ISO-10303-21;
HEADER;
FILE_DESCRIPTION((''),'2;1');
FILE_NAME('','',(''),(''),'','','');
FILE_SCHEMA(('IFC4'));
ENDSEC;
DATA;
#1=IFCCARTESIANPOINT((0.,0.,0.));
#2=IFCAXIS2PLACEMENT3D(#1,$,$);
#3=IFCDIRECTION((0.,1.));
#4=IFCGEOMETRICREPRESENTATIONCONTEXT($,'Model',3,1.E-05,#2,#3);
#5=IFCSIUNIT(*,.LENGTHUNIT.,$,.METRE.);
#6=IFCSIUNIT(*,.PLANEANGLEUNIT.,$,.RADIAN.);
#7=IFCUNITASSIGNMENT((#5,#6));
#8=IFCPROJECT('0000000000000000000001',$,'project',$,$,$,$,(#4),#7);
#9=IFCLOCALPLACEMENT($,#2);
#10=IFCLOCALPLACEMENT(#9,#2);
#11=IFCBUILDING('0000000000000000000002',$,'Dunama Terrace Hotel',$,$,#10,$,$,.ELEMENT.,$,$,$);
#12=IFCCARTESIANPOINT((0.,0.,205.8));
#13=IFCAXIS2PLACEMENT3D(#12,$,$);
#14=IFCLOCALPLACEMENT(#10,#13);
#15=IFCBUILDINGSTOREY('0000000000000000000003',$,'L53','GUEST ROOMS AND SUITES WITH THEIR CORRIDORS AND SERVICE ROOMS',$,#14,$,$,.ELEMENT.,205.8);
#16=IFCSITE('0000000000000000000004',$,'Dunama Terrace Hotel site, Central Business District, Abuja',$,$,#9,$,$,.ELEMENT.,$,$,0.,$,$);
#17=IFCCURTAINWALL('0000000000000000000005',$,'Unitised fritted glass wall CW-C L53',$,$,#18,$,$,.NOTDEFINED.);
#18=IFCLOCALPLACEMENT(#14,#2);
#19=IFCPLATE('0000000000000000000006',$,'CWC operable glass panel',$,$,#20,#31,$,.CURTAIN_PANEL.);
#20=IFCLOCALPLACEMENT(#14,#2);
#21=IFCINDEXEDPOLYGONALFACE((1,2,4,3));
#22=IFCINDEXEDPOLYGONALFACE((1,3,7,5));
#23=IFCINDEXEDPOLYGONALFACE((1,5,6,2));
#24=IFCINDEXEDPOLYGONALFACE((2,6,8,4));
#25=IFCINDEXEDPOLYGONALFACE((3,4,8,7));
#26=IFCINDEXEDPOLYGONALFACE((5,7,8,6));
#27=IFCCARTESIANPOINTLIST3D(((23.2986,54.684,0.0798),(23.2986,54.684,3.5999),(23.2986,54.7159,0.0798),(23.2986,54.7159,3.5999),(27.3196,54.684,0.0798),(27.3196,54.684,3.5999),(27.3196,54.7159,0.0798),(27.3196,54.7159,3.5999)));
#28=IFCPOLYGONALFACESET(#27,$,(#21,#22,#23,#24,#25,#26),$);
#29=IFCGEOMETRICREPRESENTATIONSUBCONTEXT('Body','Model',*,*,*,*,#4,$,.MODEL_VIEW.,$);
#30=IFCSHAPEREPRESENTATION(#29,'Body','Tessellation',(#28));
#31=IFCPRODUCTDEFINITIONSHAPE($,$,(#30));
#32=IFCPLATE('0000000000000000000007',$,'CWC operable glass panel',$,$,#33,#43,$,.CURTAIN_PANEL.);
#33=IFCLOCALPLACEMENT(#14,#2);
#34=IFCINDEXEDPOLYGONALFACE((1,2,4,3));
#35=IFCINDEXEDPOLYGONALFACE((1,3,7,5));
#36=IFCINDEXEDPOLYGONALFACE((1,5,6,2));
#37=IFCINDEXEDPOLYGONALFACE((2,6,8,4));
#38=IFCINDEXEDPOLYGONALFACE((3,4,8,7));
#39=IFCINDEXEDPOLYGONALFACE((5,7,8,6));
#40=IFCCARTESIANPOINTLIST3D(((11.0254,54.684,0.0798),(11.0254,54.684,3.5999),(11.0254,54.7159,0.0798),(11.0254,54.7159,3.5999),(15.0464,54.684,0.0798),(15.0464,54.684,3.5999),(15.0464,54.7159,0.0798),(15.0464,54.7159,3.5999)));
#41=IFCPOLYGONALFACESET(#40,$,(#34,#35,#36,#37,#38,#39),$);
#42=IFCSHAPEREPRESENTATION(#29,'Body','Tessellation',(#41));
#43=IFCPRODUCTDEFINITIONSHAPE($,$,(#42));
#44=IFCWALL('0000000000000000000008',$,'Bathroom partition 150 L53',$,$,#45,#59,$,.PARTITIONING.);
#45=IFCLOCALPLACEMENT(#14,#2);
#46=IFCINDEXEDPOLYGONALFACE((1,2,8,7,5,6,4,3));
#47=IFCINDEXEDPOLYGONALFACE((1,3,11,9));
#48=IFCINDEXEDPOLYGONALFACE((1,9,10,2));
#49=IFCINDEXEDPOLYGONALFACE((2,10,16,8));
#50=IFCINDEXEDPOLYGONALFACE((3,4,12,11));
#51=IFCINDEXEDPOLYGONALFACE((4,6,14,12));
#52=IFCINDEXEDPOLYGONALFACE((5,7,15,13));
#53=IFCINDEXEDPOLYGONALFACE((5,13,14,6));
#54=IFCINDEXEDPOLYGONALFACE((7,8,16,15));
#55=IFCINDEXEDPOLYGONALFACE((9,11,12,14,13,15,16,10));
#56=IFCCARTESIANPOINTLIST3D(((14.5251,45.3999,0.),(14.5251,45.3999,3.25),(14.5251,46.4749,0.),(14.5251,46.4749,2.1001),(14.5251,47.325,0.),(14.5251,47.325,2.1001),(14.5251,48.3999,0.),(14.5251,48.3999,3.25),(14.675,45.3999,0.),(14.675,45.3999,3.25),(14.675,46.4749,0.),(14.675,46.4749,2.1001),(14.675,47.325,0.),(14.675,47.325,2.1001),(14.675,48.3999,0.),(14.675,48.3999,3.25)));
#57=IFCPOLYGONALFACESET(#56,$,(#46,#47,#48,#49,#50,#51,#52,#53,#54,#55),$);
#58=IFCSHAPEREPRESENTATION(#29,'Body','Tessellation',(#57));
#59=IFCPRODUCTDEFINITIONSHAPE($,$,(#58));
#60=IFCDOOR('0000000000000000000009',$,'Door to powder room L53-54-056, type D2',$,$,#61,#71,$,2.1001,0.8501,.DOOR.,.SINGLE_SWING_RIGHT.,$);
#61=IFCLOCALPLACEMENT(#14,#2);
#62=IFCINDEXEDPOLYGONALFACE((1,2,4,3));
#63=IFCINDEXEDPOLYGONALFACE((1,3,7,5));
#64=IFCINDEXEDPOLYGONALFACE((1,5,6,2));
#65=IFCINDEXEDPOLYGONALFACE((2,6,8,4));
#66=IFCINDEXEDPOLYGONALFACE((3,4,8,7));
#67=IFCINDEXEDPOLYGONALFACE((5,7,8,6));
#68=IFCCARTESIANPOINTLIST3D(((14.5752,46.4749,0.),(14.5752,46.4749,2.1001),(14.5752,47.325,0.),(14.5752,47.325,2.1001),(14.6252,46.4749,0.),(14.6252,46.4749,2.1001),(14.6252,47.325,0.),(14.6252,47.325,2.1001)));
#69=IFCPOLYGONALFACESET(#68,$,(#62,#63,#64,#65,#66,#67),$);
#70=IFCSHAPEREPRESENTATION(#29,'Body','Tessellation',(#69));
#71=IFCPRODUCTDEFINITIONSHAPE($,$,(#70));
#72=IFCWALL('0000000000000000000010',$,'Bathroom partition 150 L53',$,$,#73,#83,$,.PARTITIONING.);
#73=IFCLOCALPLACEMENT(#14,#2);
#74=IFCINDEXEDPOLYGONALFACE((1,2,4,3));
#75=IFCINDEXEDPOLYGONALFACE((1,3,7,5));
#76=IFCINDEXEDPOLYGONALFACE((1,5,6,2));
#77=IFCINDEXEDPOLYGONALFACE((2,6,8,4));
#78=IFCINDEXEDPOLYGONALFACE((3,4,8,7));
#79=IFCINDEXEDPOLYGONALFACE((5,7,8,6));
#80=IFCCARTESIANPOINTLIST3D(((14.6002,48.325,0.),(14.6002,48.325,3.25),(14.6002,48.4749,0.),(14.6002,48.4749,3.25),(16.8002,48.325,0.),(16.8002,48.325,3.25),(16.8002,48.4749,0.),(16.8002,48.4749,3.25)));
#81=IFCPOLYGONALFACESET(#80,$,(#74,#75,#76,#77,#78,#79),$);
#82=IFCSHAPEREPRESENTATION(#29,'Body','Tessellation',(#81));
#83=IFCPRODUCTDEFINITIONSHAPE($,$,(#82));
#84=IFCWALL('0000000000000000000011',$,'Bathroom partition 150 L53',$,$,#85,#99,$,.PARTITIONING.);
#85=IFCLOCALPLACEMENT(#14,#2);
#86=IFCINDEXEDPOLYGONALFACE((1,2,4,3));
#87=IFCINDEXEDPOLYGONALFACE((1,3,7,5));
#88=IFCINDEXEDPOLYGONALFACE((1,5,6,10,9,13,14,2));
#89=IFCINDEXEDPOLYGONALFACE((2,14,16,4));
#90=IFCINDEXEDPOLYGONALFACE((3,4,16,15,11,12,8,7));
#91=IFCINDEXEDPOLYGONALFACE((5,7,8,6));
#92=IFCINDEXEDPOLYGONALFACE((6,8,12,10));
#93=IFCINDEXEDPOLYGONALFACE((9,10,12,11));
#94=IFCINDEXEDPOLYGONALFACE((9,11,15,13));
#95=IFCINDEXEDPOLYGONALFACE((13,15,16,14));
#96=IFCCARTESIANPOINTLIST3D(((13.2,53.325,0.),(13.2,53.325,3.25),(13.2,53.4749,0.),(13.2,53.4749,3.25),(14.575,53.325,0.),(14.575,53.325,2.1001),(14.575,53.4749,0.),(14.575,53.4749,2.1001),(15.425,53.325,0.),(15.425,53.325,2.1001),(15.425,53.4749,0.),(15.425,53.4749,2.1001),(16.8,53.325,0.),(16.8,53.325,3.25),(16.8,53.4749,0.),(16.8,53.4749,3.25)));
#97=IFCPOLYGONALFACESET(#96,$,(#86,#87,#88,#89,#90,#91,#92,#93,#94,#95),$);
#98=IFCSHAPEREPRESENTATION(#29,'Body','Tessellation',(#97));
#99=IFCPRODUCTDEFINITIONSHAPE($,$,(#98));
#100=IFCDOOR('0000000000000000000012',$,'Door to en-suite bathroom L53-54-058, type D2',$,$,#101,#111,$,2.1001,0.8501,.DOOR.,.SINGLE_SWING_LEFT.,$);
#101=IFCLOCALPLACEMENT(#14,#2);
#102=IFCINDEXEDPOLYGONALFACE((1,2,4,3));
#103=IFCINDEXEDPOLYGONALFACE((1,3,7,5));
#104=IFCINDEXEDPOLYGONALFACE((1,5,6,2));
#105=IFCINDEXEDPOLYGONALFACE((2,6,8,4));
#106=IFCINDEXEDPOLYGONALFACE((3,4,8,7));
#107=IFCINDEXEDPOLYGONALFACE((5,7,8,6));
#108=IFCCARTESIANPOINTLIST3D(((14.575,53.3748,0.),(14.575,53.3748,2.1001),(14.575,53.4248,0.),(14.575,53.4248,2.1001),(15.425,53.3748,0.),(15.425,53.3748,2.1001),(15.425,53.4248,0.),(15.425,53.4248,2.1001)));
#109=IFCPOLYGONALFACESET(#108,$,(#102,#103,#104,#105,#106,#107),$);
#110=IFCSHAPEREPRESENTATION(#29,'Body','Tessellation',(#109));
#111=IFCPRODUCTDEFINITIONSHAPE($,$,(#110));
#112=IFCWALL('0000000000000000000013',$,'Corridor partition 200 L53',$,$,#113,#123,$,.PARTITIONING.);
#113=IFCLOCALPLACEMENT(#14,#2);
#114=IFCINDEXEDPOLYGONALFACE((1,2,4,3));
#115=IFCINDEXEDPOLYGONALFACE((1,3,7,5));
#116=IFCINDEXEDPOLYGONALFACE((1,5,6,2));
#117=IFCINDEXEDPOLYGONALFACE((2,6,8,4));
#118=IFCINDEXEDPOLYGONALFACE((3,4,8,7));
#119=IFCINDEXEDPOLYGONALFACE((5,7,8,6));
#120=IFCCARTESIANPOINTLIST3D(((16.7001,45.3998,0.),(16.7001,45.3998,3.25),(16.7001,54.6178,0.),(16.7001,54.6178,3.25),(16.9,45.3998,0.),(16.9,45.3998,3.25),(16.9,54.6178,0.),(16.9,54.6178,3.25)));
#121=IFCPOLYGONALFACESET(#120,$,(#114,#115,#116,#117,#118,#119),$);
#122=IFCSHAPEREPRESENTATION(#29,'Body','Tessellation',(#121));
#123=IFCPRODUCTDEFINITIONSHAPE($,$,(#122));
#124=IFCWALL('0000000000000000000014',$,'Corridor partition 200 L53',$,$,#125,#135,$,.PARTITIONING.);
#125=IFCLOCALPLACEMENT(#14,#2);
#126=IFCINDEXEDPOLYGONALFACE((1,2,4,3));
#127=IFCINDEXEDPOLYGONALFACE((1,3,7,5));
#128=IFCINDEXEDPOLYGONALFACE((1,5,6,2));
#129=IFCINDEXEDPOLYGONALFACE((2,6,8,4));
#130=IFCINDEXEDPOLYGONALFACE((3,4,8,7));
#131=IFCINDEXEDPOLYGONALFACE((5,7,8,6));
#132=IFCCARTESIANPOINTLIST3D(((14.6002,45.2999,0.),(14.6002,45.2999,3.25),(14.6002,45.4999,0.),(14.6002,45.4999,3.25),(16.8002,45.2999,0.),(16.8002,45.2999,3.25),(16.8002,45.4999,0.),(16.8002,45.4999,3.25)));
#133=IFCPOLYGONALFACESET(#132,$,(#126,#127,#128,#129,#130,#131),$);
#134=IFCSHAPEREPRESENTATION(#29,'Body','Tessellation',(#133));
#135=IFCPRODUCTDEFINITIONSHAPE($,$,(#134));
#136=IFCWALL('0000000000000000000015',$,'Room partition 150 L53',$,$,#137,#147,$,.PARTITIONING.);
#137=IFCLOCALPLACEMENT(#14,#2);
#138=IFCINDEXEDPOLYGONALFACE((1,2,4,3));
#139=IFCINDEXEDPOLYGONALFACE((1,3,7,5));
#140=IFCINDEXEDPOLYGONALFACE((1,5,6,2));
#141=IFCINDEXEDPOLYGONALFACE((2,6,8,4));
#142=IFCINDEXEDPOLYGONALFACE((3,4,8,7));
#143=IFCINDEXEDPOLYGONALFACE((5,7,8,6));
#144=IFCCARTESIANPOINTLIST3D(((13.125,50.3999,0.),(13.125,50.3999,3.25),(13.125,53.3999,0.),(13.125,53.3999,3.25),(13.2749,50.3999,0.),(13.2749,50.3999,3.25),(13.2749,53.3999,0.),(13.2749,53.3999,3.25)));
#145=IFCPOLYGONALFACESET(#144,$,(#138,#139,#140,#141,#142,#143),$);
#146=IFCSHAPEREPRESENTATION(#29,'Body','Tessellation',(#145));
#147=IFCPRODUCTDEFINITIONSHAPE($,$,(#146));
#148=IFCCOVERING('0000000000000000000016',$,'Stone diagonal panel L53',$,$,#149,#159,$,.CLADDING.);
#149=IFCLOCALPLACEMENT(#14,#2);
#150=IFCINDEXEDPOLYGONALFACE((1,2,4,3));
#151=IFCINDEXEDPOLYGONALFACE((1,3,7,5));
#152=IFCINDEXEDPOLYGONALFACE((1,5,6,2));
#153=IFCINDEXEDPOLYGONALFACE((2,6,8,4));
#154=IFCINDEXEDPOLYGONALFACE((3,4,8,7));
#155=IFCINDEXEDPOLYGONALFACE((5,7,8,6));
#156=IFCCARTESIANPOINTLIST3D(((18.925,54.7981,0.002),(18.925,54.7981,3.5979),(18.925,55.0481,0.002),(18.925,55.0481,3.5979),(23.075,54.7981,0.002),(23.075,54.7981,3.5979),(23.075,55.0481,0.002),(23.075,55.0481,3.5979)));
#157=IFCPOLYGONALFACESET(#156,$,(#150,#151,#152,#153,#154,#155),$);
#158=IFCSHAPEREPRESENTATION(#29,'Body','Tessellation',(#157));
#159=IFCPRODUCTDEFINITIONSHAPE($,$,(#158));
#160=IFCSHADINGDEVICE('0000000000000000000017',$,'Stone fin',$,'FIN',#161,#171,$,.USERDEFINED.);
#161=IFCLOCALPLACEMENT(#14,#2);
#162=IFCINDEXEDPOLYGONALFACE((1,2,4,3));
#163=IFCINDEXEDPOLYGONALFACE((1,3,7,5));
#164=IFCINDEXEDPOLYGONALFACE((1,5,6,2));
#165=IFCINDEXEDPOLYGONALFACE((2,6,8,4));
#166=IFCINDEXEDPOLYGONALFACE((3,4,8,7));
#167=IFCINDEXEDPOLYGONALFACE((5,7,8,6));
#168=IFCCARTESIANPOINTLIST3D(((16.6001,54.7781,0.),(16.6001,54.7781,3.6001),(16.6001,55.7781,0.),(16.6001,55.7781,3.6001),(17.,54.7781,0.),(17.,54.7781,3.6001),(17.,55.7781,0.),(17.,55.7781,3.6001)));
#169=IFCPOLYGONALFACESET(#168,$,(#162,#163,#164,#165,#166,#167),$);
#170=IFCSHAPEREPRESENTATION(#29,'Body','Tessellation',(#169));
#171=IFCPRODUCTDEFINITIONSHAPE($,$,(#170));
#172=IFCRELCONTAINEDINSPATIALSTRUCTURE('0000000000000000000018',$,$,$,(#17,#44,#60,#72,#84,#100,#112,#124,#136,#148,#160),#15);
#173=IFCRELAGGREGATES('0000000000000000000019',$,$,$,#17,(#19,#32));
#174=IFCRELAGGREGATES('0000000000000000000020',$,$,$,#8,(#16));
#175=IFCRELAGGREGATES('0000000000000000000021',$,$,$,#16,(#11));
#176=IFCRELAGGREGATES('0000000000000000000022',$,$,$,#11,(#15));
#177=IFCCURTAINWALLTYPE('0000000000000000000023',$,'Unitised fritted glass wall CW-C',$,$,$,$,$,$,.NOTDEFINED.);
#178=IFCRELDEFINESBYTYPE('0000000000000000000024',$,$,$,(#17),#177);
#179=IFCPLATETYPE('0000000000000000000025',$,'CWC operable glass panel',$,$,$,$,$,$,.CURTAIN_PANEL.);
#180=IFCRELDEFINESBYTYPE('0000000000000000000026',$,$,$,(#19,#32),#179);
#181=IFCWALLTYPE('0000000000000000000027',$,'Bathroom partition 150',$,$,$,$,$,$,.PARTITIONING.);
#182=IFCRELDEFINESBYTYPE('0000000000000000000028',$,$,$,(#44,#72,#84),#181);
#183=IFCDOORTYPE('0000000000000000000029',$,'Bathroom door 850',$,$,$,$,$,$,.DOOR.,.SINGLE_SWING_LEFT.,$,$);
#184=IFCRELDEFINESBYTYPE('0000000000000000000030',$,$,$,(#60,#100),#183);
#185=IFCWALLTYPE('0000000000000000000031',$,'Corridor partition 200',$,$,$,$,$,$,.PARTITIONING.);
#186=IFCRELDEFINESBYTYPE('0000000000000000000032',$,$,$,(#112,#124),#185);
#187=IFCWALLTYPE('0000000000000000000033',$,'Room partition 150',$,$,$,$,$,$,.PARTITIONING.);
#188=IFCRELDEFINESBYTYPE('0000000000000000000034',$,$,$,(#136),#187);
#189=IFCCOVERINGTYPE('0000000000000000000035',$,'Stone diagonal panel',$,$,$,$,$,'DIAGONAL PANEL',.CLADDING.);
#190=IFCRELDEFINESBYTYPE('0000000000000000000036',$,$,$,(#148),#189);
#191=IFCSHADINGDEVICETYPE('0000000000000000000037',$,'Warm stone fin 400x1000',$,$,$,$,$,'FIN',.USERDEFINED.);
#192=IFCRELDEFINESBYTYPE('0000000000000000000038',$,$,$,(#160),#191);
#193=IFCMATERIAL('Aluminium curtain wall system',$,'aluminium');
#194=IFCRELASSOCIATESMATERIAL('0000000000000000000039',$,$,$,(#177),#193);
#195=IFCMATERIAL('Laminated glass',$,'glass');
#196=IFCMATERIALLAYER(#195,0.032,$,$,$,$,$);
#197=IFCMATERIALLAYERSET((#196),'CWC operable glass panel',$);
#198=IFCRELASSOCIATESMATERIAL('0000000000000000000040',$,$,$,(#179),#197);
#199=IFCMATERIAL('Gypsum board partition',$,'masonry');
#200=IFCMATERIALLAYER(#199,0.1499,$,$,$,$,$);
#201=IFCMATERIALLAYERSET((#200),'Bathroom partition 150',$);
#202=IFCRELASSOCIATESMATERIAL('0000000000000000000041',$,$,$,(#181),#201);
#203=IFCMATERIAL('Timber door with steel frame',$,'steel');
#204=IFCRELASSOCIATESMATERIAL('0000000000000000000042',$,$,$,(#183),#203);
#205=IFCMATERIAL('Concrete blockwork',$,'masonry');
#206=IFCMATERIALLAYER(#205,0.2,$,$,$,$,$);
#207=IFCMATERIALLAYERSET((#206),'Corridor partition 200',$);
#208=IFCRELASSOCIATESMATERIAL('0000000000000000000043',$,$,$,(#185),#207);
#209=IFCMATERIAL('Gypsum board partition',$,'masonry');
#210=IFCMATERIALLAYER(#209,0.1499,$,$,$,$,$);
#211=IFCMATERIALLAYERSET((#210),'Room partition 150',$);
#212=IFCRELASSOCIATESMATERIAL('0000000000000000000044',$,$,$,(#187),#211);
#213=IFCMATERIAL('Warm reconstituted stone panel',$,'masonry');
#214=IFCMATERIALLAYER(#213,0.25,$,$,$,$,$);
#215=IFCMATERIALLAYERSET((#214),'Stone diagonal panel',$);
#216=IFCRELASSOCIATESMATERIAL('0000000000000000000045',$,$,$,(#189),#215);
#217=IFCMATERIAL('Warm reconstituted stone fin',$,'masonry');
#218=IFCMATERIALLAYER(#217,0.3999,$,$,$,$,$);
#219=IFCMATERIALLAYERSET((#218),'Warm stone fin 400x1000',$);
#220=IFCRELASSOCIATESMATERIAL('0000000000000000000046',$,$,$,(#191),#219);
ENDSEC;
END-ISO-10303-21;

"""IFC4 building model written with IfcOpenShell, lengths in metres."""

from ifc_helpers import new_model, si_unit, direction, frame, frame_2d, origin, origin_2d, place, context, subcontext, project, spatial, rectangle, extrude, material, layer, layer_set, type_object, element, fill, aggregate, save


model = new_model("IFC4")

# Units and contexts
model_context = context("Model", 3, precision=1e-05, world=origin(), true_north=direction((0.0, 1.0)))
body_context = subcontext(model_context, "Body", "Model", "MODEL_VIEW")
ifc_project = project(units=[si_unit("LENGTHUNIT", "METRE"), si_unit("PLANEANGLEUNIT", "RADIAN")], contexts=[model_context])

# Site, building, storey
site_placement = place(None, origin())
site = spatial("IfcSite", under=ifc_project, at=site_placement, Name="Dunama Terrace Hotel site, Central Business District, Abuja", CompositionType="ELEMENT", RefElevation=0.0)
building_placement = place(site_placement, origin())
building = spatial("IfcBuilding", under=site, at=building_placement, Name="Dunama Terrace Hotel", CompositionType="ELEMENT")
storey_placement = place(building_placement, frame((0.0, 0.0, 205.8)))
storey = spatial("IfcBuildingStorey", under=building, at=storey_placement, Name="L53", Description="GUEST ROOMS AND SUITES WITH THEIR CORRIDORS AND SERVICE ROOMS", CompositionType="ELEMENT", Elevation=205.8)

# Curtain wall
ifc_material_1 = material(Name="Aluminium curtain wall system", Category="aluminium")
curtain_wall_type = type_object("IfcCurtainWallType", Name="Unitised fritted glass wall CW-C", PredefinedType="NOTDEFINED", material=ifc_material_1)
curtain_wall_placement = place(storey_placement, origin())
curtain_wall = element("IfcCurtainWall", 1, at=curtain_wall_placement, inside=storey, type_object=curtain_wall_type, Name="Unitised fritted glass wall CW-C L53", PredefinedType="NOTDEFINED")

# Plates
ifc_material_2 = material(Name="Laminated glass", Category="glass")
ifc_layer_1 = layer(ifc_material_2, 0.032)
ifc_layer_set_1 = layer_set([ifc_layer_1], Name="CWC operable glass panel")
plate_type_1 = type_object("IfcPlateType", Name="CWC operable glass panel", PredefinedType="CURTAIN_PANEL", material=ifc_layer_set_1)
plate_1_placement = place(storey_placement, frame((25.3091, 54.7, 0.0798), z_axis=(0.0, 0.0, 1.0), x_axis=(-1.0, 0.0, 0.0)))
plate_1 = element("IfcPlate", 2, at=plate_1_placement, type_object=plate_type_1, Name="CWC operable glass panel", PredefinedType="CURTAIN_PANEL", context=body_context, shape_type="SweptSolid", body=[
    extrude(rectangle(XDim=4.021, YDim=0.032, at=origin_2d()), origin(), (0.0, 0.0, 1.0), 3.52),
])
plate_2_placement = place(storey_placement, frame((13.0359, 54.7, 0.0798), z_axis=(0.0, 0.0, 1.0), x_axis=(-1.0, 0.0, 0.0)))
plate_2 = element("IfcPlate", 3, at=plate_2_placement, type_object=plate_type_1, Name="CWC operable glass panel", PredefinedType="CURTAIN_PANEL", context=body_context, shape_type="SweptSolid", body=[
    extrude(rectangle(XDim=4.021, YDim=0.032, at=origin_2d()), origin(), (0.0, 0.0, 1.0), 3.52),
])
aggregate(curtain_wall, [plate_1, plate_2])

# Wall, opening, door
ifc_material_3 = material(Name="Gypsum board partition", Category="masonry")
ifc_layer_2 = layer(ifc_material_3, 0.1499)
ifc_layer_set_2 = layer_set([ifc_layer_2], Name="Bathroom partition 150")
wall_type_1 = type_object("IfcWallType", Name="Bathroom partition 150", PredefinedType="PARTITIONING", material=ifc_layer_set_2)
wall_1_placement = place(storey_placement, frame((14.6001, 45.3999, 0.0), z_axis=(0.0, 0.0, 1.0), x_axis=(0.0, 1.0, 0.0)))
wall_1 = element("IfcWall", 4, at=wall_1_placement, inside=storey, type_object=wall_type_1, Name="Bathroom partition 150 L53", PredefinedType="PARTITIONING", context=body_context, shape_type="SweptSolid", body=[
    extrude(rectangle(XDim=3.0, YDim=0.1499, at=frame_2d((1.5, 0.0))), origin(), (0.0, 0.0, 1.0), 3.25),
])
opening_1_placement = place(wall_1_placement, frame((1.075, 0.0, 0.0)))
opening_1 = element("IfcOpeningElement", 5, at=opening_1_placement, cuts=wall_1, PredefinedType="OPENING", context=body_context, shape_type="SweptSolid", body=[
    extrude(rectangle(XDim=0.8501, YDim=2.1001, at=frame_2d((0.425, 1.05))), frame((0.0, 0.085, 0.0), z_axis=(0.0, -1.0, 0.0), x_axis=(1.0, 0.0, 0.0)), (0.0, 0.0, 1.0), 0.1699),
])
ifc_material_4 = material(Name="Timber door with steel frame", Category="steel")
door_type = type_object("IfcDoorType", Name="Bathroom door 850", OperationType="SINGLE_SWING_LEFT", PredefinedType="DOOR", material=ifc_material_4)
door_1_placement = place(opening_1_placement, frame((0.8501, 0.0, 0.0), z_axis=(0.0, 0.0, 1.0), x_axis=(-1.0, 0.0, 0.0)))
door_1 = element("IfcDoor", 6, at=door_1_placement, inside=storey, type_object=door_type, Name="Door to powder room L53-54-056, type D2", OperationType="SINGLE_SWING_RIGHT", OverallHeight=2.1001, OverallWidth=0.8501, PredefinedType="DOOR", context=body_context, shape_type="SweptSolid", body=[
    extrude(rectangle(XDim=0.8501, YDim=2.1001, at=frame_2d((0.425, 1.05))), frame((0.0, 0.0251, 0.0), z_axis=(0.0, -1.0, 0.0), x_axis=(1.0, 0.0, 0.0)), (0.0, 0.0, 1.0), 0.05),
])
fill(opening_1, door_1)

# Wall
wall_2_placement = place(storey_placement, frame((14.6001, 48.3999, 0.0), z_axis=(0.0, 0.0, 1.0), x_axis=(1.0, 0.0, 0.0)))
element("IfcWall", 7, at=wall_2_placement, inside=storey, type_object=wall_type_1, Name="Bathroom partition 150 L53", PredefinedType="PARTITIONING", context=body_context, shape_type="SweptSolid", body=[
    extrude(rectangle(XDim=2.2, YDim=0.1499, at=frame_2d((1.1001, 0.0))), origin(), (0.0, 0.0, 1.0), 3.25),
])

# Wall, opening, door
wall_3_placement = place(storey_placement, frame((13.2, 53.3999, 0.0), z_axis=(0.0, 0.0, 1.0), x_axis=(1.0, 0.0, 0.0)))
wall_3 = element("IfcWall", 8, at=wall_3_placement, inside=storey, type_object=wall_type_1, Name="Bathroom partition 150 L53", PredefinedType="PARTITIONING", context=body_context, shape_type="SweptSolid", body=[
    extrude(rectangle(XDim=3.6001, YDim=0.1499, at=frame_2d((1.8, 0.0))), origin(), (0.0, 0.0, 1.0), 3.25),
])
opening_2_placement = place(wall_3_placement, frame((1.375, 0.0, 0.0)))
opening_2 = element("IfcOpeningElement", 9, at=opening_2_placement, cuts=wall_3, PredefinedType="OPENING", context=body_context, shape_type="SweptSolid", body=[
    extrude(rectangle(XDim=0.8501, YDim=2.1001, at=frame_2d((0.425, 1.05))), frame((0.0, 0.085, 0.0), z_axis=(0.0, -1.0, 0.0), x_axis=(1.0, 0.0, 0.0)), (0.0, 0.0, 1.0), 0.1699),
])
door_2_placement = place(opening_2_placement, frame((0.8501, 0.0, 0.0), z_axis=(0.0, 0.0, 1.0), x_axis=(-1.0, 0.0, 0.0)))
door_2 = element("IfcDoor", 10, at=door_2_placement, inside=storey, type_object=door_type, Name="Door to en-suite bathroom L53-54-058, type D2", OperationType="SINGLE_SWING_LEFT", OverallHeight=2.1001, OverallWidth=0.8501, PredefinedType="DOOR", context=body_context, shape_type="SweptSolid", body=[
    extrude(rectangle(XDim=0.8501, YDim=2.1001, at=frame_2d((0.425, 1.05))), frame((0.0, 0.0251, 0.0), z_axis=(0.0, -1.0, 0.0), x_axis=(1.0, 0.0, 0.0)), (0.0, 0.0, 1.0), 0.05),
])
fill(opening_2, door_2)

# Walls
ifc_material_5 = material(Name="Concrete blockwork", Category="masonry")
ifc_layer_3 = layer(ifc_material_5, 0.2)
ifc_layer_set_3 = layer_set([ifc_layer_3], Name="Corridor partition 200")
wall_type_2 = type_object("IfcWallType", Name="Corridor partition 200", PredefinedType="PARTITIONING", material=ifc_layer_set_3)
wall_4_placement = place(storey_placement, frame((16.8, 45.3999, 0.0), z_axis=(0.0, 0.0, 1.0), x_axis=(0.0, 1.0, 0.0)))
element("IfcWall", 11, at=wall_4_placement, inside=storey, type_object=wall_type_2, Name="Corridor partition 200 L53", PredefinedType="PARTITIONING", context=body_context, shape_type="SweptSolid", body=[
    extrude(rectangle(XDim=9.218, YDim=0.2, at=frame_2d((4.6089, 0.0))), origin(), (0.0, 0.0, 1.0), 3.25),
])
wall_5_placement = place(storey_placement, frame((14.6001, 45.3999, 0.0), z_axis=(0.0, 0.0, 1.0), x_axis=(1.0, 0.0, 0.0)))
element("IfcWall", 12, at=wall_5_placement, inside=storey, type_object=wall_type_2, Name="Corridor partition 200 L53", PredefinedType="PARTITIONING", context=body_context, shape_type="SweptSolid", body=[
    extrude(rectangle(XDim=2.2, YDim=0.2, at=frame_2d((1.1001, 0.0))), origin(), (0.0, 0.0, 1.0), 3.25),
])
ifc_material_6 = material(Name="Gypsum board partition", Category="masonry")
ifc_layer_4 = layer(ifc_material_6, 0.1499)
ifc_layer_set_4 = layer_set([ifc_layer_4], Name="Room partition 150")
wall_type_3 = type_object("IfcWallType", Name="Room partition 150", PredefinedType="PARTITIONING", material=ifc_layer_set_4)
wall_6_placement = place(storey_placement, frame((13.2, 50.3999, 0.0), z_axis=(0.0, 0.0, 1.0), x_axis=(0.0, 1.0, 0.0)))
element("IfcWall", 13, at=wall_6_placement, inside=storey, type_object=wall_type_3, Name="Room partition 150 L53", PredefinedType="PARTITIONING", context=body_context, shape_type="SweptSolid", body=[
    extrude(rectangle(XDim=3.0, YDim=0.1499, at=frame_2d((1.5, 0.0))), origin(), (0.0, 0.0, 1.0), 3.25),
])

# Covering
ifc_material_7 = material(Name="Warm reconstituted stone panel", Category="masonry")
ifc_layer_5 = layer(ifc_material_7, 0.25)
ifc_layer_set_5 = layer_set([ifc_layer_5], Name="Stone diagonal panel")
covering_type = type_object("IfcCoveringType", Name="Stone diagonal panel", ElementType="DIAGONAL PANEL", PredefinedType="CLADDING", material=ifc_layer_set_5)
covering_placement = place(storey_placement, frame((21.0, 54.9231, 0.002), z_axis=(0.0, 0.0, 1.0), x_axis=(-1.0, 0.0, 0.0)))
element("IfcCovering", 14, at=covering_placement, inside=storey, type_object=covering_type, Name="Stone diagonal panel L53", PredefinedType="CLADDING", context=body_context, shape_type="SweptSolid", body=[
    extrude(rectangle(XDim=4.1499, YDim=0.25, at=origin_2d()), origin(), (0.0, 0.0, 1.0), 3.5959),
])

# Shading device
ifc_material_8 = material(Name="Warm reconstituted stone fin", Category="masonry")
ifc_layer_6 = layer(ifc_material_8, 0.3999)
ifc_layer_set_6 = layer_set([ifc_layer_6], Name="Warm stone fin 400x1000")
shading_device_type = type_object("IfcShadingDeviceType", Name="Warm stone fin 400x1000", ElementType="FIN", PredefinedType="USERDEFINED", material=ifc_layer_set_6)
shading_device_placement = place(storey_placement, frame((16.8, 55.2781, 0.0), z_axis=(0.0, 0.0, 1.0), x_axis=(-1.0, 0.0, 0.0)))
element("IfcShadingDevice", 15, at=shading_device_placement, inside=storey, type_object=shading_device_type, Name="Stone fin", ObjectType="FIN", PredefinedType="USERDEFINED", context=body_context, shape_type="SweptSolid", body=[
    extrude(rectangle(XDim=0.3999, YDim=1.0, at=origin_2d()), origin(), (0.0, 0.0, 1.0), 3.6001),
])

save(model, "model.ifc")
